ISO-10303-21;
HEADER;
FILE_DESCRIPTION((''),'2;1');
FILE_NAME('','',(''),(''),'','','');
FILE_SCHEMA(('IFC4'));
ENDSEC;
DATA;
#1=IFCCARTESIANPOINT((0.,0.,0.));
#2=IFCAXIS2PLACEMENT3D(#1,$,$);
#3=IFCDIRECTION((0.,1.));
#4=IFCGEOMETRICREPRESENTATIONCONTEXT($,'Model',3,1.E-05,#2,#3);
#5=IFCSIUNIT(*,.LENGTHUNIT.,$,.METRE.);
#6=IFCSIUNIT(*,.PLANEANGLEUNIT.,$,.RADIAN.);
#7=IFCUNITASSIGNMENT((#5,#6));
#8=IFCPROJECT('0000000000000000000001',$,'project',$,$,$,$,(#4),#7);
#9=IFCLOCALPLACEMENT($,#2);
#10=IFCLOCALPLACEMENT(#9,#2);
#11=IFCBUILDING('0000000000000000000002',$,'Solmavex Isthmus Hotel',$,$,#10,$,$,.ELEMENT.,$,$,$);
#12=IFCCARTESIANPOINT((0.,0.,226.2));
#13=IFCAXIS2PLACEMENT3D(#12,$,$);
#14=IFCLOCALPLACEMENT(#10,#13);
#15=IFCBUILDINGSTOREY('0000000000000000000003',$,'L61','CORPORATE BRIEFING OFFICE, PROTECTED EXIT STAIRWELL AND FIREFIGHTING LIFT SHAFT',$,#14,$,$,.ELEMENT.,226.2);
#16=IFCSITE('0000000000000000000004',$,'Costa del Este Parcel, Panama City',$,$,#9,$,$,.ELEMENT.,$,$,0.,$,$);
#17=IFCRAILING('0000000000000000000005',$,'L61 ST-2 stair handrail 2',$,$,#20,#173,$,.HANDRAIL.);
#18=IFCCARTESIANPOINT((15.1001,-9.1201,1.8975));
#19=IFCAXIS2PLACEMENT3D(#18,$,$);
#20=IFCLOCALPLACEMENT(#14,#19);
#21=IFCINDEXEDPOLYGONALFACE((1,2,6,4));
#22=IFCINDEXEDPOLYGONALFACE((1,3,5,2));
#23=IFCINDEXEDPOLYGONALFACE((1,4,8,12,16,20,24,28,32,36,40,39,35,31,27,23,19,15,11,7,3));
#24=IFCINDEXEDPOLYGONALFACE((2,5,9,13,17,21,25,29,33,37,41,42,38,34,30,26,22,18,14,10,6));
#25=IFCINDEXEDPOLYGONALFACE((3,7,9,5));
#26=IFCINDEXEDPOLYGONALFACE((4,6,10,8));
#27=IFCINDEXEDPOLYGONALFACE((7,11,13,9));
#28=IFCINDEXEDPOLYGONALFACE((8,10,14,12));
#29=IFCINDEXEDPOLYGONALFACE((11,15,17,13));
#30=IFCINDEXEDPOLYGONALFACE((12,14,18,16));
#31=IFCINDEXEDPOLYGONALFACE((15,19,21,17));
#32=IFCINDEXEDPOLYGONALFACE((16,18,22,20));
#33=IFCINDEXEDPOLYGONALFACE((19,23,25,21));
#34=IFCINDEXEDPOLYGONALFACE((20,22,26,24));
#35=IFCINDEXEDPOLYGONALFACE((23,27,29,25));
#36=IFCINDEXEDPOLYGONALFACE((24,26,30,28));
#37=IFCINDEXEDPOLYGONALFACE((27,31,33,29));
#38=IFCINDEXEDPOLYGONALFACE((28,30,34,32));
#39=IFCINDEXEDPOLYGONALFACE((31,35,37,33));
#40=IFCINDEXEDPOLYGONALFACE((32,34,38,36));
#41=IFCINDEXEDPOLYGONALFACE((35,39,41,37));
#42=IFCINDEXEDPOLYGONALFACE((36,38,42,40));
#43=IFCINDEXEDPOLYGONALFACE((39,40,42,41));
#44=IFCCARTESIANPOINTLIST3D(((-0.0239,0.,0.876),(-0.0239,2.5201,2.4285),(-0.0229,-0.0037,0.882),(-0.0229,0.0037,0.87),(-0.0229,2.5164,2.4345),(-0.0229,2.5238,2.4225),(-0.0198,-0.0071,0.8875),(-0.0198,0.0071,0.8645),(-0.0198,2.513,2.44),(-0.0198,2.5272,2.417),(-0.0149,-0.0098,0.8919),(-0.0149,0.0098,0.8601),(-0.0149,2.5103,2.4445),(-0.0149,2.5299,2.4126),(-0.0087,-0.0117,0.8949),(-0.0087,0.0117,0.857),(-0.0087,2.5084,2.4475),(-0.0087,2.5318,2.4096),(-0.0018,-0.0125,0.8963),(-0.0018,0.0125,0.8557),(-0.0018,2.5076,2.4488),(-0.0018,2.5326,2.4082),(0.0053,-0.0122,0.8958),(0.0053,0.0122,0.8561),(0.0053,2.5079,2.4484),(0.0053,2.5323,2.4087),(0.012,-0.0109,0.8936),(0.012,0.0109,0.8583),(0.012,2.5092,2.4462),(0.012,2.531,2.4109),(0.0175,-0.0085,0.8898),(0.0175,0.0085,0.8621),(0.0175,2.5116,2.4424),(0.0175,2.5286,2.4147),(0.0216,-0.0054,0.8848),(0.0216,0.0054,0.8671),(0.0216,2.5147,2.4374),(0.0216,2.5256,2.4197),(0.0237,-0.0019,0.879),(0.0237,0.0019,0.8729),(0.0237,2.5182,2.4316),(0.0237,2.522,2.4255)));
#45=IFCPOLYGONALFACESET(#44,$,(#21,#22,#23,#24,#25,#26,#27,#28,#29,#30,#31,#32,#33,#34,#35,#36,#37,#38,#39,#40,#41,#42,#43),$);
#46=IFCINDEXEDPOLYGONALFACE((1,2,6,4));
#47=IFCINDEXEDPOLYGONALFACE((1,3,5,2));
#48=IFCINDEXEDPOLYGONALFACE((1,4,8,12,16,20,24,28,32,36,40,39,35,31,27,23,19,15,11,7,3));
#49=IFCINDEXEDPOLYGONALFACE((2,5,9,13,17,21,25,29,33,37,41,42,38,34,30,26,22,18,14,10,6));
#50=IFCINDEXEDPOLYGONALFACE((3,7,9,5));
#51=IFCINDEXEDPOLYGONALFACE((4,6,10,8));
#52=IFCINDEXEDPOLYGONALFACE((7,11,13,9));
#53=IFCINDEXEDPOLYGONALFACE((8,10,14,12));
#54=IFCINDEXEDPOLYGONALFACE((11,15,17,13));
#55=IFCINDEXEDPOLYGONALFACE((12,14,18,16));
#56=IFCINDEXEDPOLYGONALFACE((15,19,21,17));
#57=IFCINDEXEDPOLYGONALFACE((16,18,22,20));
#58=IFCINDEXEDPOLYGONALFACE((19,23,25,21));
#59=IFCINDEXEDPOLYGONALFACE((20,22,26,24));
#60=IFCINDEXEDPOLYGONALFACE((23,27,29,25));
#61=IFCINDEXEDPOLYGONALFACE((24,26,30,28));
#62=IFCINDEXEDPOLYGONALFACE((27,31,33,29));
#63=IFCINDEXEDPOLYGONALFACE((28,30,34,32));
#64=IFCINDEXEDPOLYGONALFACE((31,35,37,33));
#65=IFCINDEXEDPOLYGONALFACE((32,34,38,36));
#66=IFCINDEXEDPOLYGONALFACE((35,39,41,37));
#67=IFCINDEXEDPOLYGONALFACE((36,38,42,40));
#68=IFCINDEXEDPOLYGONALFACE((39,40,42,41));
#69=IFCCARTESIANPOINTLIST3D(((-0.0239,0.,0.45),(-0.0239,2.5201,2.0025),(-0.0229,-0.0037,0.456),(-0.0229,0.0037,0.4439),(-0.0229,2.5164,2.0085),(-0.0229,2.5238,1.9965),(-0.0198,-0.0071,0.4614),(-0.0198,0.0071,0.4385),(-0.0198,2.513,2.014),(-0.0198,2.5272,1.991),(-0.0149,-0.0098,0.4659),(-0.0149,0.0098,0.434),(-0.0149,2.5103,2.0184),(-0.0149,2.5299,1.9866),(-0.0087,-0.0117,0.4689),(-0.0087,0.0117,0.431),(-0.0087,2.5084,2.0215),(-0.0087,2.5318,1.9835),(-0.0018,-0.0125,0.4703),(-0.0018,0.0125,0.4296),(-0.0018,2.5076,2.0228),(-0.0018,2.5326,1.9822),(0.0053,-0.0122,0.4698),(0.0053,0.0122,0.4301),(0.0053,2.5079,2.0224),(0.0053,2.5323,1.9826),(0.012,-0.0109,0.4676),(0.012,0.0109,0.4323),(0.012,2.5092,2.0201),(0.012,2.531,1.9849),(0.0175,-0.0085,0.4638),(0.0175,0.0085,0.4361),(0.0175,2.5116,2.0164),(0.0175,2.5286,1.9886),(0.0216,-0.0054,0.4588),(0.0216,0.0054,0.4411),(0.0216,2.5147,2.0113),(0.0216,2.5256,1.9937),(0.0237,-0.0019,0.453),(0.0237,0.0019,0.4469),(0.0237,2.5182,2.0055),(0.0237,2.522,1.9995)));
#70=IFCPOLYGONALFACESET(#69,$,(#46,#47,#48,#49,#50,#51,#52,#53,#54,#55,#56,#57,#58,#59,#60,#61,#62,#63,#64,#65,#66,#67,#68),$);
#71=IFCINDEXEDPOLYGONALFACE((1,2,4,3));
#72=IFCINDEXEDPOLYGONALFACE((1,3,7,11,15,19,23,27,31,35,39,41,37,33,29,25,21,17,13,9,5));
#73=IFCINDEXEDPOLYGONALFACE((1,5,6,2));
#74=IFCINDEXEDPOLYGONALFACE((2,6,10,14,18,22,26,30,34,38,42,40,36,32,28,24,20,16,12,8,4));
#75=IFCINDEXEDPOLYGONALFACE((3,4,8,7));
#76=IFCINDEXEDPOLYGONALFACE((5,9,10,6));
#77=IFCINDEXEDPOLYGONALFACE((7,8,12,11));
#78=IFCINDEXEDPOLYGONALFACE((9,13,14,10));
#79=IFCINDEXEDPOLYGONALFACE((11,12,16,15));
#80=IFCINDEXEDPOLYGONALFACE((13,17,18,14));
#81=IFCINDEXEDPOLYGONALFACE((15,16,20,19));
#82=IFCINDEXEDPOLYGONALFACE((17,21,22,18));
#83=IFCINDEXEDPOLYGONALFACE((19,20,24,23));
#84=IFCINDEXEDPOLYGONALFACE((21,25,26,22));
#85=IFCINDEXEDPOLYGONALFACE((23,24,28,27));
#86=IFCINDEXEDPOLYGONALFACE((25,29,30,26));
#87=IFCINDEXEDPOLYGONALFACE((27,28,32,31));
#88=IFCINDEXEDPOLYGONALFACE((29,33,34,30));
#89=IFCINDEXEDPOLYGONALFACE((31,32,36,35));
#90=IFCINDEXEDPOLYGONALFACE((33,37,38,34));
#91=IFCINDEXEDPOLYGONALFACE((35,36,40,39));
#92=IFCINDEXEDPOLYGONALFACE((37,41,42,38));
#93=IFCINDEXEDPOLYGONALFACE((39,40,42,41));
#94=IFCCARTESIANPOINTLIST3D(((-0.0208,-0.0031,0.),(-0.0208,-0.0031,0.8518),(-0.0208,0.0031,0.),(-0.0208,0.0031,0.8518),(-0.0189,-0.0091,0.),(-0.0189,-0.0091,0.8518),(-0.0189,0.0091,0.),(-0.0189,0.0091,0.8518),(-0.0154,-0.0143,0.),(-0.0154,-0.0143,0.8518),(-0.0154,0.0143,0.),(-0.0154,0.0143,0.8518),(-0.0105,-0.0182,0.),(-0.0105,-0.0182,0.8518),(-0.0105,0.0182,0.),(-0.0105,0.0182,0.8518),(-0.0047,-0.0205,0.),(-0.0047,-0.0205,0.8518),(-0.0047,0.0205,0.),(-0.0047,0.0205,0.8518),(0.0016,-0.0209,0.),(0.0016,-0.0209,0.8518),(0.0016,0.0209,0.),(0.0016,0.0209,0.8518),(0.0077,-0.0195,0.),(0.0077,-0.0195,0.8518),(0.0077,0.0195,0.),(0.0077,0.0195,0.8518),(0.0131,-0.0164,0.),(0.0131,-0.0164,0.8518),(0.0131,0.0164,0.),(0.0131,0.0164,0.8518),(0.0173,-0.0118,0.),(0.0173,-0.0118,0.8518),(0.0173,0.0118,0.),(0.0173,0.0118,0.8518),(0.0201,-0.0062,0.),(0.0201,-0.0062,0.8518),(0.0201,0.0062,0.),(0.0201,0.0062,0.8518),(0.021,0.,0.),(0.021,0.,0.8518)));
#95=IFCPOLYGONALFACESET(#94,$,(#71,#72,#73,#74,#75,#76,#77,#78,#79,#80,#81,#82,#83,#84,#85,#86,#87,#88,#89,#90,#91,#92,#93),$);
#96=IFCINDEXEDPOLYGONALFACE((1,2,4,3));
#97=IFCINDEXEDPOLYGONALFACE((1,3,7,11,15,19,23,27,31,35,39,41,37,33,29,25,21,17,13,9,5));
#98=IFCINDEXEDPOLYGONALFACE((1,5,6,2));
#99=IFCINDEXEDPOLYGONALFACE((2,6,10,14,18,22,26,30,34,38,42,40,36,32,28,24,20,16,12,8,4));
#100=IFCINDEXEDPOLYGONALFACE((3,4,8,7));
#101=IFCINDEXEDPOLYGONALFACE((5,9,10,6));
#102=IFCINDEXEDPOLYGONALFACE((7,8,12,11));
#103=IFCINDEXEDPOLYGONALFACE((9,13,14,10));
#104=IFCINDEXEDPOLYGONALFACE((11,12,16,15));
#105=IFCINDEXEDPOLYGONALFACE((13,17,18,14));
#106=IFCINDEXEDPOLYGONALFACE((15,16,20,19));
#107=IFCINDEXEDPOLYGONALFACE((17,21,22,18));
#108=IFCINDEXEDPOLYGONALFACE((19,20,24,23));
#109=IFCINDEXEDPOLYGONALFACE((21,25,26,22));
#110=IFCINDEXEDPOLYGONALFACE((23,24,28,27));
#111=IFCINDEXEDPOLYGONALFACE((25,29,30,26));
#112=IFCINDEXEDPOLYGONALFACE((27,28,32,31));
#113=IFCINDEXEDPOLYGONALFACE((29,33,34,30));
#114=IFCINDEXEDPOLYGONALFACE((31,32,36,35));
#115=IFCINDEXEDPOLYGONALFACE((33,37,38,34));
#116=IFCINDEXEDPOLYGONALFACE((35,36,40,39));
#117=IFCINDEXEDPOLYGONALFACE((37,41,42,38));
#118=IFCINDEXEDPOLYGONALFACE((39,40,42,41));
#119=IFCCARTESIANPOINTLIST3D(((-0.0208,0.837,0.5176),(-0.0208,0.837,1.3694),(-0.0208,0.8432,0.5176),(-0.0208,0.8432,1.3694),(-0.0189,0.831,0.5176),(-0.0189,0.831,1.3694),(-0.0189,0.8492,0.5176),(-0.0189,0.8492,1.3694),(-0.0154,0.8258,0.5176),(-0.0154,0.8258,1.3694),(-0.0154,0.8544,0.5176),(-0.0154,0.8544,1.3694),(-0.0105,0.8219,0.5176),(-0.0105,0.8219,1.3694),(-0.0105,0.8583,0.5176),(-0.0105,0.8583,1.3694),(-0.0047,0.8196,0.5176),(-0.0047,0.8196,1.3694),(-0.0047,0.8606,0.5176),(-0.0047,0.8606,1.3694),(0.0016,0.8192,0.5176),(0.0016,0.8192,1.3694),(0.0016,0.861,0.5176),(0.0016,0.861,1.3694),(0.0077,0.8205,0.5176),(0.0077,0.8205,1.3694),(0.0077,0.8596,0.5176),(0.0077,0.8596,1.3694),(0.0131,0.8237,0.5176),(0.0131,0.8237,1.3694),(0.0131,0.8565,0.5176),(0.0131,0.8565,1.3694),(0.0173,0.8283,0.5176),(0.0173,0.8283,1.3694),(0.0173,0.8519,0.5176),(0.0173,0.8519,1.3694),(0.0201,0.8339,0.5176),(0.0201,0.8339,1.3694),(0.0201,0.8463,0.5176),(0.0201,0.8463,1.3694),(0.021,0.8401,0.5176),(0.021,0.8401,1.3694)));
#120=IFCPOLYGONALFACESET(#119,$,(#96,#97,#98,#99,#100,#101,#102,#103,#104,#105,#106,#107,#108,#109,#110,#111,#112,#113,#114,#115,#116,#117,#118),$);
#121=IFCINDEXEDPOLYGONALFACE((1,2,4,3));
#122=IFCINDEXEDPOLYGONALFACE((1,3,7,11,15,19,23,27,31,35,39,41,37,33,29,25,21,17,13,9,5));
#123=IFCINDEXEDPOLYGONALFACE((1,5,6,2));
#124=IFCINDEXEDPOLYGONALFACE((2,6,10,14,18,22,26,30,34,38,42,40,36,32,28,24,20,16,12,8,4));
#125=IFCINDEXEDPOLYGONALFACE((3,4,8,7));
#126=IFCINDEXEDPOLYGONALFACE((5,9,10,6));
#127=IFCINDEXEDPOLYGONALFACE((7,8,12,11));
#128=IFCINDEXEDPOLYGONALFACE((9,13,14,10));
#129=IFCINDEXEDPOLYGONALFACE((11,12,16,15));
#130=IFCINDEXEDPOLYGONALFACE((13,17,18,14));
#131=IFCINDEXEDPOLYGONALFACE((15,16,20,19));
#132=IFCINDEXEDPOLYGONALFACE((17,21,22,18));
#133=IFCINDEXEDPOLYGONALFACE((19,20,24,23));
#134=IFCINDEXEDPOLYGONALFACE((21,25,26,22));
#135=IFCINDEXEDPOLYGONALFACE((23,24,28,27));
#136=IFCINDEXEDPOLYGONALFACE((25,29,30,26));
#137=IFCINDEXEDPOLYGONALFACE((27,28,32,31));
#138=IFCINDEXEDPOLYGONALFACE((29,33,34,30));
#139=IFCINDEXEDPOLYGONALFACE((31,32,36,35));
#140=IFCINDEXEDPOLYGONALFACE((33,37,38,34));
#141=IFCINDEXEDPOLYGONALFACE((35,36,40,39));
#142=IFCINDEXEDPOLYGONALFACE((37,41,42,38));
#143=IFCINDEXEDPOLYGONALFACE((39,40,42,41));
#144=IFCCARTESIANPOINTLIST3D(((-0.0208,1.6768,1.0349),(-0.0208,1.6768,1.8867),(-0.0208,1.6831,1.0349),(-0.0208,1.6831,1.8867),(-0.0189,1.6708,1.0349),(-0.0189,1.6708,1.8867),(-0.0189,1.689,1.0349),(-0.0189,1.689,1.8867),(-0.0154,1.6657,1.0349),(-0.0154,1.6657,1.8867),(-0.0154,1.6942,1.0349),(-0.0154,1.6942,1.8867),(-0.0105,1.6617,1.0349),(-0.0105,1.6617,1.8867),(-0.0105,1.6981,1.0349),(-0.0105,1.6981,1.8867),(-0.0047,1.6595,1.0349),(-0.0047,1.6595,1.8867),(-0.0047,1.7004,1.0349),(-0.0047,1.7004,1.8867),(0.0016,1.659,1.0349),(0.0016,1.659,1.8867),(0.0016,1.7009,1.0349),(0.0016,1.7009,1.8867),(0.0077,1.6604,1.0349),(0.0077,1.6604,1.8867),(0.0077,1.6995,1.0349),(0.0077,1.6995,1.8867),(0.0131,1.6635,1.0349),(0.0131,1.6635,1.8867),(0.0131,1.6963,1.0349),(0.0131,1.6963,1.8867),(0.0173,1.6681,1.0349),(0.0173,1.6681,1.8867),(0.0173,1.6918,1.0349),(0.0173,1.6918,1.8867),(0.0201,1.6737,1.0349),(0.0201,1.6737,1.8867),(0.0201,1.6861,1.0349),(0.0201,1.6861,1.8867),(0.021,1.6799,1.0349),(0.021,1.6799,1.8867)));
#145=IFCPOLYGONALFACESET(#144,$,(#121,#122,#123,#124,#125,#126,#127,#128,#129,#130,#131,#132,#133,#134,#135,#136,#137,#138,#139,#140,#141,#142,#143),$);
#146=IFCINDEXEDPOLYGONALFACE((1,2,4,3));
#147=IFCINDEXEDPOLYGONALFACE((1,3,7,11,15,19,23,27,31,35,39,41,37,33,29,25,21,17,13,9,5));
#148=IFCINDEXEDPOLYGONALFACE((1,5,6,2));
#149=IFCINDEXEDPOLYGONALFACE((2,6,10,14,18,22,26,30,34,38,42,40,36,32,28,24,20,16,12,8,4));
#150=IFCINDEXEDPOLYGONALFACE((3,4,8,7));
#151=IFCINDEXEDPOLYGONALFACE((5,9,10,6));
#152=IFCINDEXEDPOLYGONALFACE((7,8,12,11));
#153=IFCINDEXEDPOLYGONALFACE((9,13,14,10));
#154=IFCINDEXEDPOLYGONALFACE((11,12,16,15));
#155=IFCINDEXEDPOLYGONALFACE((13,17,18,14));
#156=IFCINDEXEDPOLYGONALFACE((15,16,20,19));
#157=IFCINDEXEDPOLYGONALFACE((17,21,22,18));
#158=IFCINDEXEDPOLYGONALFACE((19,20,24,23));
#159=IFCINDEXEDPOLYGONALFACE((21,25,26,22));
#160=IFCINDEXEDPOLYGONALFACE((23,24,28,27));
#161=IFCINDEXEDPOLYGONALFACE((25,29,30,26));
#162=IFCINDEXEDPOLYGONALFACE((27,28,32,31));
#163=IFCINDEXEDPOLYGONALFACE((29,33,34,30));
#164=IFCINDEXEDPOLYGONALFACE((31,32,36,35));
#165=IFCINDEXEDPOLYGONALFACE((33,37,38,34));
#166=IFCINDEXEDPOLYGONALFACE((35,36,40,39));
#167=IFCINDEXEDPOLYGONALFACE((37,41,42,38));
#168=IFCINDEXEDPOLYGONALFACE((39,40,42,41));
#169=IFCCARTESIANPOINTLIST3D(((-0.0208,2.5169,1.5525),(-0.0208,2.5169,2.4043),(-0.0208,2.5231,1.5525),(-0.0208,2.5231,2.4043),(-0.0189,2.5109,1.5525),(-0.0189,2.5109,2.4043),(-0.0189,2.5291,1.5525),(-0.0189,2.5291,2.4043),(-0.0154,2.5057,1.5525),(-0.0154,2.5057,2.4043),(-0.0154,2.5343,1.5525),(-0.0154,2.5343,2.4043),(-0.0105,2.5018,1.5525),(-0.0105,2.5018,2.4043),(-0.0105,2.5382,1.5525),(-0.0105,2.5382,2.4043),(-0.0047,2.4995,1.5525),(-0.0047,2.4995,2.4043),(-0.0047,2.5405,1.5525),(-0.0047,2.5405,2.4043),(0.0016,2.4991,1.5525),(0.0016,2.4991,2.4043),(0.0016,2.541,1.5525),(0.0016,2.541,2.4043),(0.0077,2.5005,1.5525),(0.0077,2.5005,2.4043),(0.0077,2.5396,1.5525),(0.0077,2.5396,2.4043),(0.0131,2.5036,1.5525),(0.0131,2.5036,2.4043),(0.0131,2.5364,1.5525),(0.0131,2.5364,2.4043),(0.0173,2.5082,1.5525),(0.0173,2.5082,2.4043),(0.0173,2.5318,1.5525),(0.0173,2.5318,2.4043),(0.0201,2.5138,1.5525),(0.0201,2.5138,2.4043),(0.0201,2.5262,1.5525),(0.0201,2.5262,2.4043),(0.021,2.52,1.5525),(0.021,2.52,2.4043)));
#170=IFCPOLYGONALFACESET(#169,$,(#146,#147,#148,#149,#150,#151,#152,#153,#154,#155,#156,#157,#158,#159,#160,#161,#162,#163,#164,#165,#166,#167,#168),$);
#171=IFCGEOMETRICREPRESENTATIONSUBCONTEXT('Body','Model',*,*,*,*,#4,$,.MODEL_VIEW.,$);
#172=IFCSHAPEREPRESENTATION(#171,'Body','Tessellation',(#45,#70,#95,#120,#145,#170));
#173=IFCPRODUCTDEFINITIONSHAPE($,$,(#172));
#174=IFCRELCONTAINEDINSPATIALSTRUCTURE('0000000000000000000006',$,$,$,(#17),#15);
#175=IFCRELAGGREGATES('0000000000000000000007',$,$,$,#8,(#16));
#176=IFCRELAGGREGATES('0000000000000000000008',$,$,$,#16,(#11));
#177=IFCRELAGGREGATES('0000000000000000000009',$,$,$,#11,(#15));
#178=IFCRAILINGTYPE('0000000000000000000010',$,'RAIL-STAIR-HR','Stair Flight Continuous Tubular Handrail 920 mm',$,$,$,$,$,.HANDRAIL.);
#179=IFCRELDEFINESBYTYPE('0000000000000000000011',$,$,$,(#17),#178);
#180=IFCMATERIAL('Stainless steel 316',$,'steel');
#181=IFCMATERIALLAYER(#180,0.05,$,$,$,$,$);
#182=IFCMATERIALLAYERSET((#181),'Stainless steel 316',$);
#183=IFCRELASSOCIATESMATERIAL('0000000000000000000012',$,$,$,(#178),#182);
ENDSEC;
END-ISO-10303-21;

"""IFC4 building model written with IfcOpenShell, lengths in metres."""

from ifc_helpers import new_model, si_unit, direction, frame, origin, origin_2d, place, context, subcontext, project, spatial, circle, extrude, material, layer, layer_set, type_object, element, save


model = new_model("IFC4")

# Units and contexts
model_context = context("Model", 3, precision=1e-05, world=origin(), true_north=direction((0.0, 1.0)))
body_context = subcontext(model_context, "Body", "Model", "MODEL_VIEW")
ifc_project = project(units=[si_unit("LENGTHUNIT", "METRE"), si_unit("PLANEANGLEUNIT", "RADIAN")], contexts=[model_context])

# Site, building, storey
site_placement = place(None, origin())
site = spatial("IfcSite", under=ifc_project, at=site_placement, Name="Costa del Este Parcel, Panama City", CompositionType="ELEMENT", RefElevation=0.0)
building_placement = place(site_placement, origin())
building = spatial("IfcBuilding", under=site, at=building_placement, Name="Solmavex Isthmus Hotel", CompositionType="ELEMENT")
storey_placement = place(building_placement, frame((0.0, 0.0, 226.2)))
storey = spatial("IfcBuildingStorey", under=building, at=storey_placement, Name="L61", Description="CORPORATE BRIEFING OFFICE, PROTECTED EXIT STAIRWELL AND FIREFIGHTING LIFT SHAFT", CompositionType="ELEMENT", Elevation=226.2)

# Railing
ifc_material_1 = material(Name="Stainless steel 316", Category="steel")
ifc_layer_1 = layer(ifc_material_1, 0.05)
ifc_layer_set_1 = layer_set([ifc_layer_1], Name="Stainless steel 316")
railing_type_1 = type_object("IfcRailingType", Name="RAIL-STAIR-HR", Description="Stair Flight Continuous Tubular Handrail 920 mm", PredefinedType="HANDRAIL", material=ifc_layer_set_1)
railing_1_placement = place(storey_placement, frame((15.1001, -9.1201, 1.8975)))
element("IfcRailing", 1, at=railing_1_placement, inside=storey, type_object=railing_type_1, Name="L61 ST-2 stair handrail 2", PredefinedType="HANDRAIL", context=body_context, shape_type="SweptSolid", body=[
    extrude(circle(Radius=0.0239, at=origin_2d()), frame((0.0, 0.0, 0.876), z_axis=(0.0, 0.8514, 0.524516), x_axis=(-1.0, 0.0, 0.0)), (0.0, 0.0, 1.0), 2.96),
    extrude(circle(Radius=0.0239, at=origin_2d()), frame((0.0, 0.0, 0.45), z_axis=(0.0, 0.8514, 0.524516), x_axis=(-1.0, 0.0, 0.0)), (0.0, 0.0, 1.0), 2.96),
    extrude(circle(Radius=0.021, at=origin_2d()), origin(), (0.0, 0.0, 1.0), 0.8518),
    extrude(circle(Radius=0.021, at=origin_2d()), frame((0.0, 0.8401, 0.5176)), (0.0, 0.0, 1.0), 0.8518),
    extrude(circle(Radius=0.021, at=origin_2d()), frame((0.0, 1.6799, 1.0349)), (0.0, 0.0, 1.0), 0.8518),
    extrude(circle(Radius=0.021, at=origin_2d()), frame((0.0, 2.52, 1.5525)), (0.0, 0.0, 1.0), 0.8518),
])

save(model, "model.ifc")
